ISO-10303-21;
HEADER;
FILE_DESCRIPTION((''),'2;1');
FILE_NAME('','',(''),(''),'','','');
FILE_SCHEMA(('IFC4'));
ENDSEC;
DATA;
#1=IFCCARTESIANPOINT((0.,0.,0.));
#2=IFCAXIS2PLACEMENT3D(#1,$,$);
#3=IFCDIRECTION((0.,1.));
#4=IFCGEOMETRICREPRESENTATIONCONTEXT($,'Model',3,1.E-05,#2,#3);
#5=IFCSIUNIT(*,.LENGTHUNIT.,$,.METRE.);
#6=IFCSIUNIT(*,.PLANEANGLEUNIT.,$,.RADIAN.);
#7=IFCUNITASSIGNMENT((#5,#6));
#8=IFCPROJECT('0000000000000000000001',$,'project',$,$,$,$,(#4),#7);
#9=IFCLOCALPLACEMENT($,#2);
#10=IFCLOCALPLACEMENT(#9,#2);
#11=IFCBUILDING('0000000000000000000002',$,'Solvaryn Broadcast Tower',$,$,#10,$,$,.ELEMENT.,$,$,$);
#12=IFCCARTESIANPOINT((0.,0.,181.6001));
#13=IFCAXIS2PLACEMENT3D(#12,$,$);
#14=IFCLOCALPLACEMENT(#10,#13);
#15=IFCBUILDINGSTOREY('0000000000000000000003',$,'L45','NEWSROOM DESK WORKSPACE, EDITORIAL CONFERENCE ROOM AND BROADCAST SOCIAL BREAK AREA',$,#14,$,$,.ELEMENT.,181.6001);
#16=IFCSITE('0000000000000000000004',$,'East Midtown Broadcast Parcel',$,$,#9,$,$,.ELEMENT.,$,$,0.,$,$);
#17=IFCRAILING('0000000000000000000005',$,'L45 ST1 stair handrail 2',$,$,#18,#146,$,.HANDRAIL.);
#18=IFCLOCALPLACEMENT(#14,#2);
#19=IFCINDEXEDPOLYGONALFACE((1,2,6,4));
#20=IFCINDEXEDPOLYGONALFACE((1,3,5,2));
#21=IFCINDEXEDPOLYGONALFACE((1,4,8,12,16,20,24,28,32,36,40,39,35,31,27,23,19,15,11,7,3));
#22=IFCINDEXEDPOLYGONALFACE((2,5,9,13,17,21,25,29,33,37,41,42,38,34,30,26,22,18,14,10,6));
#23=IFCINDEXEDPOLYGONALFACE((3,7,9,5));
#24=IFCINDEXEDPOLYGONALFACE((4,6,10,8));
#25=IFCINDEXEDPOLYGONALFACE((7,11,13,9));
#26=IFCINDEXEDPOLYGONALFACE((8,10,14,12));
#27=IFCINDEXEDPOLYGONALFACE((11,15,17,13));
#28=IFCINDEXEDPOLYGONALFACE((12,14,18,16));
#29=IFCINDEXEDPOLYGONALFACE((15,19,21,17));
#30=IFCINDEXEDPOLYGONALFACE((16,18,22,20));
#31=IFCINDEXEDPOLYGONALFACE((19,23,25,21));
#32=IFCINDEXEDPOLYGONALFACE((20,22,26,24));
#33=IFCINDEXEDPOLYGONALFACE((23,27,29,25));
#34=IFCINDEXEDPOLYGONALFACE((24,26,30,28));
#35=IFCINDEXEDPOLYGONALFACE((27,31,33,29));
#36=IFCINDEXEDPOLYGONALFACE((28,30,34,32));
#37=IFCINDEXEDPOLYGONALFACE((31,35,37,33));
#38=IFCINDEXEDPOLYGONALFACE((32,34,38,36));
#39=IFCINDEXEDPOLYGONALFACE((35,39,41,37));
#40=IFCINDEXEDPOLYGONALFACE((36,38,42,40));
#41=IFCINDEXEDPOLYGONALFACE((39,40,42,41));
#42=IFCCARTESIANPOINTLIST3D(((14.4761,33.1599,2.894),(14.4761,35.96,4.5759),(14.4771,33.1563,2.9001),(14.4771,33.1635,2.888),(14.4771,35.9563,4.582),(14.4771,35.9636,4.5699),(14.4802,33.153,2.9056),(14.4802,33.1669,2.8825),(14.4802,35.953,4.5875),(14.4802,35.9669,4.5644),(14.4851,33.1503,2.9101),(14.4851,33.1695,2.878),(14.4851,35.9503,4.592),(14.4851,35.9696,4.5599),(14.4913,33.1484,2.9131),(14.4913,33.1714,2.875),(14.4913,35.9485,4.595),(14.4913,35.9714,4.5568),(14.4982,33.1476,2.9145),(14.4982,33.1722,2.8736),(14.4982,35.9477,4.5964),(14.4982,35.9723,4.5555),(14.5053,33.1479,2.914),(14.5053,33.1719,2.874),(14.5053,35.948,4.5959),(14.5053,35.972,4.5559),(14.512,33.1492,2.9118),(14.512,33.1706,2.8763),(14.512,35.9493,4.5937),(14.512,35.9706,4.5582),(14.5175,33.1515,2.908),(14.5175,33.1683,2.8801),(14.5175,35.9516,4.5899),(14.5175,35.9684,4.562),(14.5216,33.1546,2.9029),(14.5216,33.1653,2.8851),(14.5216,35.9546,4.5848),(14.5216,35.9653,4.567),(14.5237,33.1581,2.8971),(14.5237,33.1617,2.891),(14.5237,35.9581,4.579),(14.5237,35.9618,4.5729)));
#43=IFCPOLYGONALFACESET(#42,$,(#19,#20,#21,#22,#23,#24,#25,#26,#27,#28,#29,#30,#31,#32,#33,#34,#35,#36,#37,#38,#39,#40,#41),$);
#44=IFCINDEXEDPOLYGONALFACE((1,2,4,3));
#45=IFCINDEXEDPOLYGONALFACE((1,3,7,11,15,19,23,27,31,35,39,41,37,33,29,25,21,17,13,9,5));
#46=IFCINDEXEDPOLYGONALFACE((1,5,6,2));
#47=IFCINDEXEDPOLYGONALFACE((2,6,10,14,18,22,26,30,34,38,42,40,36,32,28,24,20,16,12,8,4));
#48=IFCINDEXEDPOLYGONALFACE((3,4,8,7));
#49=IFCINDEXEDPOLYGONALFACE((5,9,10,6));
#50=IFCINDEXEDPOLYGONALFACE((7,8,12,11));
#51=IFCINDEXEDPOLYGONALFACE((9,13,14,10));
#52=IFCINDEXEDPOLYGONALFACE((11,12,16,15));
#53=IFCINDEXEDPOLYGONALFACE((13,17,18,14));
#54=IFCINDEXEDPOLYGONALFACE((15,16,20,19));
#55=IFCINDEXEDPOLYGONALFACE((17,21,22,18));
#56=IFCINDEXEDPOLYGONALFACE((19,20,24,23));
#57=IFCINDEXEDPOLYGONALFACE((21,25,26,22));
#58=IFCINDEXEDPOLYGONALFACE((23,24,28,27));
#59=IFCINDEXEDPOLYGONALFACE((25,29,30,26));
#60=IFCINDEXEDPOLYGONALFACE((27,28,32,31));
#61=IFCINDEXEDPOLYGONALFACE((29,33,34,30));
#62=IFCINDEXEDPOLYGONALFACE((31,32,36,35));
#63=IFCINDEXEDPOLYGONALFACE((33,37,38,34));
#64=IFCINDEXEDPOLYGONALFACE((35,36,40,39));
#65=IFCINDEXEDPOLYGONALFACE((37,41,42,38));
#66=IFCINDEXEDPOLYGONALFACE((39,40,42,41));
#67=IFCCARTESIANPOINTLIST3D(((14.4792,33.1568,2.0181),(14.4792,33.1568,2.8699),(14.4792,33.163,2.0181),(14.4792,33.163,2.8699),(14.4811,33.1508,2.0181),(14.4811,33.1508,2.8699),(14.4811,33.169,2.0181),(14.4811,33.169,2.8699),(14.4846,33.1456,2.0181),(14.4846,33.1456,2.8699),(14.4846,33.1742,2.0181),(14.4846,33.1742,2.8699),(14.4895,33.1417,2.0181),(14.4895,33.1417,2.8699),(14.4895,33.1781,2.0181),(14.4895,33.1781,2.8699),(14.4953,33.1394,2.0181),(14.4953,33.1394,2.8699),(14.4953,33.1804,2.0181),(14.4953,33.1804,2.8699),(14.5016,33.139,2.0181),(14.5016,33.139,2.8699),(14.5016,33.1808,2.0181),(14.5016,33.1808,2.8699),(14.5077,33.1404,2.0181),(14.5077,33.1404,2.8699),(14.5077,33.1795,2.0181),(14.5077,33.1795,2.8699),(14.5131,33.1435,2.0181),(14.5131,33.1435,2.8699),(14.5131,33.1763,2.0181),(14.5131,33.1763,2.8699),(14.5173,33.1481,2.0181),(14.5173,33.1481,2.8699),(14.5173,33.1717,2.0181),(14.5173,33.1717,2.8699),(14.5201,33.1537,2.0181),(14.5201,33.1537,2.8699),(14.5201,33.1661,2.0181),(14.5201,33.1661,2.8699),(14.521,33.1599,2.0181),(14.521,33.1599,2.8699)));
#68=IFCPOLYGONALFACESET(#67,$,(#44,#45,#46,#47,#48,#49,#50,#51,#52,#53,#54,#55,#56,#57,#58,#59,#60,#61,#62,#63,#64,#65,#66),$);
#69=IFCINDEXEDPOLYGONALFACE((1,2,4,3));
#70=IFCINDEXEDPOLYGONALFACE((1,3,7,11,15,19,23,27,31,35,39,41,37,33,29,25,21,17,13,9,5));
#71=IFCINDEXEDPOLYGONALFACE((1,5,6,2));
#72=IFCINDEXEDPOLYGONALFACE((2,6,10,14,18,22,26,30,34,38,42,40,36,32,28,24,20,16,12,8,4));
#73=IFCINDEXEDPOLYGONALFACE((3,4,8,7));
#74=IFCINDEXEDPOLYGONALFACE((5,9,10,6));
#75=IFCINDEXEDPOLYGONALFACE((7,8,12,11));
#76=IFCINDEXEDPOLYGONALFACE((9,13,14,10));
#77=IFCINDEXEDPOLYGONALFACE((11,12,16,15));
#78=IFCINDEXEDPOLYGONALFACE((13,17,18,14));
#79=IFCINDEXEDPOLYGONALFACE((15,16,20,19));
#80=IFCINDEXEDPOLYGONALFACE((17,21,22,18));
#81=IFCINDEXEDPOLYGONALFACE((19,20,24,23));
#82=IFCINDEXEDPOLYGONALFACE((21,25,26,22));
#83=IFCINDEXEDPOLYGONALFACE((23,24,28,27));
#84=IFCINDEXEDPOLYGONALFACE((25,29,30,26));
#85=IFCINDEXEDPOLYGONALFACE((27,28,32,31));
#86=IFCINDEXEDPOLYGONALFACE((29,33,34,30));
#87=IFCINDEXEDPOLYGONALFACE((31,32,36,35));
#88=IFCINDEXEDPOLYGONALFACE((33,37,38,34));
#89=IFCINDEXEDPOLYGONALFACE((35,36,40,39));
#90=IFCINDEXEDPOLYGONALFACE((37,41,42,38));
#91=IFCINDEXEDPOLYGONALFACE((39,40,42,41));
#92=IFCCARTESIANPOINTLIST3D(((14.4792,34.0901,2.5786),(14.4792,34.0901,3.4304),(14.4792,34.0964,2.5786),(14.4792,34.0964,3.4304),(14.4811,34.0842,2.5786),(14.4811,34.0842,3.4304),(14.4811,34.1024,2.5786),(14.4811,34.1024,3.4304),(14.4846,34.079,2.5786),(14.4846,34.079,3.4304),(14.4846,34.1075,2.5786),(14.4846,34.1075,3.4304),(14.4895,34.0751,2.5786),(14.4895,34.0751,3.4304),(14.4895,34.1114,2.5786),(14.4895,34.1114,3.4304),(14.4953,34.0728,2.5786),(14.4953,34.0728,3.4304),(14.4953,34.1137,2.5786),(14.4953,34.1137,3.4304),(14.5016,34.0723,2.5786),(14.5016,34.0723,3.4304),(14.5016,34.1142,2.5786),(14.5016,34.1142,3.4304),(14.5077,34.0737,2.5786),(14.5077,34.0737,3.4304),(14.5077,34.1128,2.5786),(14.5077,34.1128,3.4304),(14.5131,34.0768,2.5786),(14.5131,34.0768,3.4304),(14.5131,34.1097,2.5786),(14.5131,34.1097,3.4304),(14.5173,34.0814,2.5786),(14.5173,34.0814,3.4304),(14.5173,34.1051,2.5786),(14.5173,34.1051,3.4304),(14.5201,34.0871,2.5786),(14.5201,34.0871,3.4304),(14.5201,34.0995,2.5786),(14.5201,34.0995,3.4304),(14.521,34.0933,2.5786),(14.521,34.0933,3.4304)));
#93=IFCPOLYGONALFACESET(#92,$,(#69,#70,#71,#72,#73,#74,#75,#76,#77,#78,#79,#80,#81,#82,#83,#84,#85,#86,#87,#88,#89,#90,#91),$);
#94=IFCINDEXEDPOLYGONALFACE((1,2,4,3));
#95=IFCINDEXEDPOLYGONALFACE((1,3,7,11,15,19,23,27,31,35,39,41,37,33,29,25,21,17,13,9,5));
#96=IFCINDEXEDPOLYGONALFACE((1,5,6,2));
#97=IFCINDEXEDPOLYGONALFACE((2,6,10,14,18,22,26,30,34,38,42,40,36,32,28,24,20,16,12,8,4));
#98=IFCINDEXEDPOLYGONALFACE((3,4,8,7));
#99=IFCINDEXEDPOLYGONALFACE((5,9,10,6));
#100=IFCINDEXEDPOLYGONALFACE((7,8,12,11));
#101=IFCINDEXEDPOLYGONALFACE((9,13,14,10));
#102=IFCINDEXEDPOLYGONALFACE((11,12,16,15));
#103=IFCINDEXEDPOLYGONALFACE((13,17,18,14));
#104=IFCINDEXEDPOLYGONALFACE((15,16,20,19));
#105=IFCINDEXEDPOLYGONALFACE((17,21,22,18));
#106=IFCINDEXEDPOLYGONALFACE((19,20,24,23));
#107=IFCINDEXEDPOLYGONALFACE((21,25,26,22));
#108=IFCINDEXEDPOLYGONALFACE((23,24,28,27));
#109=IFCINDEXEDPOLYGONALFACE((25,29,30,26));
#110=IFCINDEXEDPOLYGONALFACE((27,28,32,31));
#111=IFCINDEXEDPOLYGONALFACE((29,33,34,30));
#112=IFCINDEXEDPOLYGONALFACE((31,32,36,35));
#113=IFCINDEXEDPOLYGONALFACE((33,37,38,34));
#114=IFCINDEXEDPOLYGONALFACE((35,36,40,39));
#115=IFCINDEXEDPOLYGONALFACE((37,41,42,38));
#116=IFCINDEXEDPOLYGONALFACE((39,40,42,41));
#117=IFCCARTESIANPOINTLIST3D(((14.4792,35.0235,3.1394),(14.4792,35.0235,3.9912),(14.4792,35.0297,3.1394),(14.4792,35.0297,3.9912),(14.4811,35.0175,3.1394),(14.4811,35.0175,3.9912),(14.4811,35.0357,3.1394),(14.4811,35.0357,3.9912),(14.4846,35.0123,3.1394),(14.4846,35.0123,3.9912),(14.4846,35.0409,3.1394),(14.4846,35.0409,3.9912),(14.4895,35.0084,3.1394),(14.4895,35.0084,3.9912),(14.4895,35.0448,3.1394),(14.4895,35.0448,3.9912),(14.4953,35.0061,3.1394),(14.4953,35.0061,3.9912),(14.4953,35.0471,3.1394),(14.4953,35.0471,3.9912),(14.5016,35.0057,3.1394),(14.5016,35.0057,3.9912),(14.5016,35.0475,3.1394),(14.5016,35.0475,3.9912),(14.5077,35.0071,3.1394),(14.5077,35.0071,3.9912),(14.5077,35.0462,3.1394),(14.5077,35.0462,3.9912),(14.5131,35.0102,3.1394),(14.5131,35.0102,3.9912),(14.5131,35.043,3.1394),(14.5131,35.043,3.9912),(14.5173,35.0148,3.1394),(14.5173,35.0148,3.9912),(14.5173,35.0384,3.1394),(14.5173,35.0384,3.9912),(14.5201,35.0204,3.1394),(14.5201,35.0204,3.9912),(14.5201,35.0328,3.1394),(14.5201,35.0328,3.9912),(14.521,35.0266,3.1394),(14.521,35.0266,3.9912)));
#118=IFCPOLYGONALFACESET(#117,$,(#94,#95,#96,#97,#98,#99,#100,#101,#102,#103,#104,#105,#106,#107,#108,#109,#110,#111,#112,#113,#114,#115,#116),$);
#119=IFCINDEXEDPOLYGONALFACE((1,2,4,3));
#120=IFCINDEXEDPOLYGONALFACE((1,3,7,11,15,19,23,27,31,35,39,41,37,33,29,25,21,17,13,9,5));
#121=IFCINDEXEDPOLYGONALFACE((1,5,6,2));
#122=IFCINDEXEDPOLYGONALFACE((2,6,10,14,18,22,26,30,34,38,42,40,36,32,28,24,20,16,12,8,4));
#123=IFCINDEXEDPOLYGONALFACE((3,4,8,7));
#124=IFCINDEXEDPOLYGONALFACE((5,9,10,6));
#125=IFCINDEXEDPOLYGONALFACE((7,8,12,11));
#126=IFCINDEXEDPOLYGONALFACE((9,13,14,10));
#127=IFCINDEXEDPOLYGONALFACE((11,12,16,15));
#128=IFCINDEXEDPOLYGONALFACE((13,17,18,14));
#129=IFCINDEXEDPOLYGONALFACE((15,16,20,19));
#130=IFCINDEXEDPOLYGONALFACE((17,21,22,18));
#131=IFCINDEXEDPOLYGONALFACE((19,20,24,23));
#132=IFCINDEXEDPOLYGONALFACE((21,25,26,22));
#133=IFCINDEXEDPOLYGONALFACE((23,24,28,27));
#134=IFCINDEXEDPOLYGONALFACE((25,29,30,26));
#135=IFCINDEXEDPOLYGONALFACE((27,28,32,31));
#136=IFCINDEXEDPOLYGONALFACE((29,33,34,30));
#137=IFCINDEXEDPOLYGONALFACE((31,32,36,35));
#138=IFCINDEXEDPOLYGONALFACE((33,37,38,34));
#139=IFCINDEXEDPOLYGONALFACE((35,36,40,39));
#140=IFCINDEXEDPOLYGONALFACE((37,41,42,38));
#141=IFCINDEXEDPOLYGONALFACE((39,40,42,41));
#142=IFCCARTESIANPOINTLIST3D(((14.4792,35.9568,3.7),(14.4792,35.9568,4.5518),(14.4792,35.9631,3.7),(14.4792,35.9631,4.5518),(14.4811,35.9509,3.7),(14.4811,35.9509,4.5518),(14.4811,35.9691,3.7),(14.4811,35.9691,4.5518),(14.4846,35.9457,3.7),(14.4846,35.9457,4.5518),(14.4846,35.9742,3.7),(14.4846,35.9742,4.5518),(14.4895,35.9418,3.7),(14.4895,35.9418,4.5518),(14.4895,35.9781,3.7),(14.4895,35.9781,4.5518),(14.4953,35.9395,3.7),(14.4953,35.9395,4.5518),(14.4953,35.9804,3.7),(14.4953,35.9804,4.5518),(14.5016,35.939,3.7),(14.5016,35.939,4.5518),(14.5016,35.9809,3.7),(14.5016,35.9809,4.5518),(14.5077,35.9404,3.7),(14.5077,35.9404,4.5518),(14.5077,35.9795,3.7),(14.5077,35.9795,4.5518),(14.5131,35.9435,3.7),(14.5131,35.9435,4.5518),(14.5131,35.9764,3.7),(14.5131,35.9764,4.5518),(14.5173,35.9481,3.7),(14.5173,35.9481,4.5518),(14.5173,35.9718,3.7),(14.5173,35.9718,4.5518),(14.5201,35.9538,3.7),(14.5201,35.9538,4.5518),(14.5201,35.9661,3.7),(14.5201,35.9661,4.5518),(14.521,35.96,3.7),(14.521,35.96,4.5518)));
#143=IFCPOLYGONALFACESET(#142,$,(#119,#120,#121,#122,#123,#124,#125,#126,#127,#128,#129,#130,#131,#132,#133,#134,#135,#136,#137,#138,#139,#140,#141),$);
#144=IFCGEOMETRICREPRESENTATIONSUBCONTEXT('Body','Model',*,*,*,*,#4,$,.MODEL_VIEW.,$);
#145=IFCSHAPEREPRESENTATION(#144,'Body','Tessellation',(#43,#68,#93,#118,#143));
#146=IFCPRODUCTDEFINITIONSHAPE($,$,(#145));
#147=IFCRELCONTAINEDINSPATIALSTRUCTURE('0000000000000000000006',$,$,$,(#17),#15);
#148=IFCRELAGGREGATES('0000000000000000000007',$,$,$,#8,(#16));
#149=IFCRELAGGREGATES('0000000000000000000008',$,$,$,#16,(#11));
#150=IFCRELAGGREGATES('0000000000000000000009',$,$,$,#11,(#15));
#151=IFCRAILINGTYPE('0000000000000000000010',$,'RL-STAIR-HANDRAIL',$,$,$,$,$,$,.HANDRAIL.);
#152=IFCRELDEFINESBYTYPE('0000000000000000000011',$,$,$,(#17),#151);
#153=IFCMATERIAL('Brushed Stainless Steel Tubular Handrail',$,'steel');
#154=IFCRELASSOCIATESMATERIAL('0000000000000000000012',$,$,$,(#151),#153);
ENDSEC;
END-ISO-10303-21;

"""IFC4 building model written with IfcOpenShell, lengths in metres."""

from ifc_helpers import new_model, si_unit, direction, frame, origin, origin_2d, place, context, subcontext, project, spatial, circle, extrude, material, type_object, element, save


model = new_model("IFC4")

# Units and contexts
model_context = context("Model", 3, precision=1e-05, world=origin(), true_north=direction((0.0, 1.0)))
body_context = subcontext(model_context, "Body", "Model", "MODEL_VIEW")
ifc_project = project(units=[si_unit("LENGTHUNIT", "METRE"), si_unit("PLANEANGLEUNIT", "RADIAN")], contexts=[model_context])

# Site, building, storey
site_placement = place(None, origin())
site = spatial("IfcSite", under=ifc_project, at=site_placement, Name="East Midtown Broadcast Parcel", CompositionType="ELEMENT", RefElevation=0.0)
building_placement = place(site_placement, origin())
building = spatial("IfcBuilding", under=site, at=building_placement, Name="Solvaryn Broadcast Tower", CompositionType="ELEMENT")
storey_placement = place(building_placement, frame((0.0, 0.0, 181.6001)))
storey = spatial("IfcBuildingStorey", under=building, at=storey_placement, Name="L45", Description="NEWSROOM DESK WORKSPACE, EDITORIAL CONFERENCE ROOM AND BROADCAST SOCIAL BREAK AREA", CompositionType="ELEMENT", Elevation=181.6001)

# Railing
ifc_material_1 = material(Name="Brushed Stainless Steel Tubular Handrail", Category="steel")
railing_type_1 = type_object("IfcRailingType", Name="RL-STAIR-HANDRAIL", PredefinedType="HANDRAIL", material=ifc_material_1)
railing_1_placement = place(storey_placement, frame((14.5, 33.1599, 2.0181)))
element("IfcRailing", 1, at=railing_1_placement, inside=storey, type_object=railing_type_1, Name="L45 ST1 stair handrail 2", PredefinedType="HANDRAIL", context=body_context, shape_type="SweptSolid", body=[
    extrude(circle(Radius=0.0239, at=origin_2d()), frame((0.0, 0.0, 0.876), z_axis=(0.0, 0.857242, 0.514913), x_axis=(-1.0, 0.0, 0.0)), (0.0, 0.0, 1.0), 3.2664),
    extrude(circle(Radius=0.021, at=origin_2d()), origin(), (0.0, 0.0, 1.0), 0.8518),
    extrude(circle(Radius=0.021, at=origin_2d()), frame((0.0, 0.9333, 0.5605)), (0.0, 0.0, 1.0), 0.8518),
    extrude(circle(Radius=0.021, at=origin_2d()), frame((0.0, 1.8667, 1.1213)), (0.0, 0.0, 1.0), 0.8518),
    extrude(circle(Radius=0.021, at=origin_2d()), frame((0.0, 2.8, 1.6819)), (0.0, 0.0, 1.0), 0.8518),
])

save(model, "model.ifc")
